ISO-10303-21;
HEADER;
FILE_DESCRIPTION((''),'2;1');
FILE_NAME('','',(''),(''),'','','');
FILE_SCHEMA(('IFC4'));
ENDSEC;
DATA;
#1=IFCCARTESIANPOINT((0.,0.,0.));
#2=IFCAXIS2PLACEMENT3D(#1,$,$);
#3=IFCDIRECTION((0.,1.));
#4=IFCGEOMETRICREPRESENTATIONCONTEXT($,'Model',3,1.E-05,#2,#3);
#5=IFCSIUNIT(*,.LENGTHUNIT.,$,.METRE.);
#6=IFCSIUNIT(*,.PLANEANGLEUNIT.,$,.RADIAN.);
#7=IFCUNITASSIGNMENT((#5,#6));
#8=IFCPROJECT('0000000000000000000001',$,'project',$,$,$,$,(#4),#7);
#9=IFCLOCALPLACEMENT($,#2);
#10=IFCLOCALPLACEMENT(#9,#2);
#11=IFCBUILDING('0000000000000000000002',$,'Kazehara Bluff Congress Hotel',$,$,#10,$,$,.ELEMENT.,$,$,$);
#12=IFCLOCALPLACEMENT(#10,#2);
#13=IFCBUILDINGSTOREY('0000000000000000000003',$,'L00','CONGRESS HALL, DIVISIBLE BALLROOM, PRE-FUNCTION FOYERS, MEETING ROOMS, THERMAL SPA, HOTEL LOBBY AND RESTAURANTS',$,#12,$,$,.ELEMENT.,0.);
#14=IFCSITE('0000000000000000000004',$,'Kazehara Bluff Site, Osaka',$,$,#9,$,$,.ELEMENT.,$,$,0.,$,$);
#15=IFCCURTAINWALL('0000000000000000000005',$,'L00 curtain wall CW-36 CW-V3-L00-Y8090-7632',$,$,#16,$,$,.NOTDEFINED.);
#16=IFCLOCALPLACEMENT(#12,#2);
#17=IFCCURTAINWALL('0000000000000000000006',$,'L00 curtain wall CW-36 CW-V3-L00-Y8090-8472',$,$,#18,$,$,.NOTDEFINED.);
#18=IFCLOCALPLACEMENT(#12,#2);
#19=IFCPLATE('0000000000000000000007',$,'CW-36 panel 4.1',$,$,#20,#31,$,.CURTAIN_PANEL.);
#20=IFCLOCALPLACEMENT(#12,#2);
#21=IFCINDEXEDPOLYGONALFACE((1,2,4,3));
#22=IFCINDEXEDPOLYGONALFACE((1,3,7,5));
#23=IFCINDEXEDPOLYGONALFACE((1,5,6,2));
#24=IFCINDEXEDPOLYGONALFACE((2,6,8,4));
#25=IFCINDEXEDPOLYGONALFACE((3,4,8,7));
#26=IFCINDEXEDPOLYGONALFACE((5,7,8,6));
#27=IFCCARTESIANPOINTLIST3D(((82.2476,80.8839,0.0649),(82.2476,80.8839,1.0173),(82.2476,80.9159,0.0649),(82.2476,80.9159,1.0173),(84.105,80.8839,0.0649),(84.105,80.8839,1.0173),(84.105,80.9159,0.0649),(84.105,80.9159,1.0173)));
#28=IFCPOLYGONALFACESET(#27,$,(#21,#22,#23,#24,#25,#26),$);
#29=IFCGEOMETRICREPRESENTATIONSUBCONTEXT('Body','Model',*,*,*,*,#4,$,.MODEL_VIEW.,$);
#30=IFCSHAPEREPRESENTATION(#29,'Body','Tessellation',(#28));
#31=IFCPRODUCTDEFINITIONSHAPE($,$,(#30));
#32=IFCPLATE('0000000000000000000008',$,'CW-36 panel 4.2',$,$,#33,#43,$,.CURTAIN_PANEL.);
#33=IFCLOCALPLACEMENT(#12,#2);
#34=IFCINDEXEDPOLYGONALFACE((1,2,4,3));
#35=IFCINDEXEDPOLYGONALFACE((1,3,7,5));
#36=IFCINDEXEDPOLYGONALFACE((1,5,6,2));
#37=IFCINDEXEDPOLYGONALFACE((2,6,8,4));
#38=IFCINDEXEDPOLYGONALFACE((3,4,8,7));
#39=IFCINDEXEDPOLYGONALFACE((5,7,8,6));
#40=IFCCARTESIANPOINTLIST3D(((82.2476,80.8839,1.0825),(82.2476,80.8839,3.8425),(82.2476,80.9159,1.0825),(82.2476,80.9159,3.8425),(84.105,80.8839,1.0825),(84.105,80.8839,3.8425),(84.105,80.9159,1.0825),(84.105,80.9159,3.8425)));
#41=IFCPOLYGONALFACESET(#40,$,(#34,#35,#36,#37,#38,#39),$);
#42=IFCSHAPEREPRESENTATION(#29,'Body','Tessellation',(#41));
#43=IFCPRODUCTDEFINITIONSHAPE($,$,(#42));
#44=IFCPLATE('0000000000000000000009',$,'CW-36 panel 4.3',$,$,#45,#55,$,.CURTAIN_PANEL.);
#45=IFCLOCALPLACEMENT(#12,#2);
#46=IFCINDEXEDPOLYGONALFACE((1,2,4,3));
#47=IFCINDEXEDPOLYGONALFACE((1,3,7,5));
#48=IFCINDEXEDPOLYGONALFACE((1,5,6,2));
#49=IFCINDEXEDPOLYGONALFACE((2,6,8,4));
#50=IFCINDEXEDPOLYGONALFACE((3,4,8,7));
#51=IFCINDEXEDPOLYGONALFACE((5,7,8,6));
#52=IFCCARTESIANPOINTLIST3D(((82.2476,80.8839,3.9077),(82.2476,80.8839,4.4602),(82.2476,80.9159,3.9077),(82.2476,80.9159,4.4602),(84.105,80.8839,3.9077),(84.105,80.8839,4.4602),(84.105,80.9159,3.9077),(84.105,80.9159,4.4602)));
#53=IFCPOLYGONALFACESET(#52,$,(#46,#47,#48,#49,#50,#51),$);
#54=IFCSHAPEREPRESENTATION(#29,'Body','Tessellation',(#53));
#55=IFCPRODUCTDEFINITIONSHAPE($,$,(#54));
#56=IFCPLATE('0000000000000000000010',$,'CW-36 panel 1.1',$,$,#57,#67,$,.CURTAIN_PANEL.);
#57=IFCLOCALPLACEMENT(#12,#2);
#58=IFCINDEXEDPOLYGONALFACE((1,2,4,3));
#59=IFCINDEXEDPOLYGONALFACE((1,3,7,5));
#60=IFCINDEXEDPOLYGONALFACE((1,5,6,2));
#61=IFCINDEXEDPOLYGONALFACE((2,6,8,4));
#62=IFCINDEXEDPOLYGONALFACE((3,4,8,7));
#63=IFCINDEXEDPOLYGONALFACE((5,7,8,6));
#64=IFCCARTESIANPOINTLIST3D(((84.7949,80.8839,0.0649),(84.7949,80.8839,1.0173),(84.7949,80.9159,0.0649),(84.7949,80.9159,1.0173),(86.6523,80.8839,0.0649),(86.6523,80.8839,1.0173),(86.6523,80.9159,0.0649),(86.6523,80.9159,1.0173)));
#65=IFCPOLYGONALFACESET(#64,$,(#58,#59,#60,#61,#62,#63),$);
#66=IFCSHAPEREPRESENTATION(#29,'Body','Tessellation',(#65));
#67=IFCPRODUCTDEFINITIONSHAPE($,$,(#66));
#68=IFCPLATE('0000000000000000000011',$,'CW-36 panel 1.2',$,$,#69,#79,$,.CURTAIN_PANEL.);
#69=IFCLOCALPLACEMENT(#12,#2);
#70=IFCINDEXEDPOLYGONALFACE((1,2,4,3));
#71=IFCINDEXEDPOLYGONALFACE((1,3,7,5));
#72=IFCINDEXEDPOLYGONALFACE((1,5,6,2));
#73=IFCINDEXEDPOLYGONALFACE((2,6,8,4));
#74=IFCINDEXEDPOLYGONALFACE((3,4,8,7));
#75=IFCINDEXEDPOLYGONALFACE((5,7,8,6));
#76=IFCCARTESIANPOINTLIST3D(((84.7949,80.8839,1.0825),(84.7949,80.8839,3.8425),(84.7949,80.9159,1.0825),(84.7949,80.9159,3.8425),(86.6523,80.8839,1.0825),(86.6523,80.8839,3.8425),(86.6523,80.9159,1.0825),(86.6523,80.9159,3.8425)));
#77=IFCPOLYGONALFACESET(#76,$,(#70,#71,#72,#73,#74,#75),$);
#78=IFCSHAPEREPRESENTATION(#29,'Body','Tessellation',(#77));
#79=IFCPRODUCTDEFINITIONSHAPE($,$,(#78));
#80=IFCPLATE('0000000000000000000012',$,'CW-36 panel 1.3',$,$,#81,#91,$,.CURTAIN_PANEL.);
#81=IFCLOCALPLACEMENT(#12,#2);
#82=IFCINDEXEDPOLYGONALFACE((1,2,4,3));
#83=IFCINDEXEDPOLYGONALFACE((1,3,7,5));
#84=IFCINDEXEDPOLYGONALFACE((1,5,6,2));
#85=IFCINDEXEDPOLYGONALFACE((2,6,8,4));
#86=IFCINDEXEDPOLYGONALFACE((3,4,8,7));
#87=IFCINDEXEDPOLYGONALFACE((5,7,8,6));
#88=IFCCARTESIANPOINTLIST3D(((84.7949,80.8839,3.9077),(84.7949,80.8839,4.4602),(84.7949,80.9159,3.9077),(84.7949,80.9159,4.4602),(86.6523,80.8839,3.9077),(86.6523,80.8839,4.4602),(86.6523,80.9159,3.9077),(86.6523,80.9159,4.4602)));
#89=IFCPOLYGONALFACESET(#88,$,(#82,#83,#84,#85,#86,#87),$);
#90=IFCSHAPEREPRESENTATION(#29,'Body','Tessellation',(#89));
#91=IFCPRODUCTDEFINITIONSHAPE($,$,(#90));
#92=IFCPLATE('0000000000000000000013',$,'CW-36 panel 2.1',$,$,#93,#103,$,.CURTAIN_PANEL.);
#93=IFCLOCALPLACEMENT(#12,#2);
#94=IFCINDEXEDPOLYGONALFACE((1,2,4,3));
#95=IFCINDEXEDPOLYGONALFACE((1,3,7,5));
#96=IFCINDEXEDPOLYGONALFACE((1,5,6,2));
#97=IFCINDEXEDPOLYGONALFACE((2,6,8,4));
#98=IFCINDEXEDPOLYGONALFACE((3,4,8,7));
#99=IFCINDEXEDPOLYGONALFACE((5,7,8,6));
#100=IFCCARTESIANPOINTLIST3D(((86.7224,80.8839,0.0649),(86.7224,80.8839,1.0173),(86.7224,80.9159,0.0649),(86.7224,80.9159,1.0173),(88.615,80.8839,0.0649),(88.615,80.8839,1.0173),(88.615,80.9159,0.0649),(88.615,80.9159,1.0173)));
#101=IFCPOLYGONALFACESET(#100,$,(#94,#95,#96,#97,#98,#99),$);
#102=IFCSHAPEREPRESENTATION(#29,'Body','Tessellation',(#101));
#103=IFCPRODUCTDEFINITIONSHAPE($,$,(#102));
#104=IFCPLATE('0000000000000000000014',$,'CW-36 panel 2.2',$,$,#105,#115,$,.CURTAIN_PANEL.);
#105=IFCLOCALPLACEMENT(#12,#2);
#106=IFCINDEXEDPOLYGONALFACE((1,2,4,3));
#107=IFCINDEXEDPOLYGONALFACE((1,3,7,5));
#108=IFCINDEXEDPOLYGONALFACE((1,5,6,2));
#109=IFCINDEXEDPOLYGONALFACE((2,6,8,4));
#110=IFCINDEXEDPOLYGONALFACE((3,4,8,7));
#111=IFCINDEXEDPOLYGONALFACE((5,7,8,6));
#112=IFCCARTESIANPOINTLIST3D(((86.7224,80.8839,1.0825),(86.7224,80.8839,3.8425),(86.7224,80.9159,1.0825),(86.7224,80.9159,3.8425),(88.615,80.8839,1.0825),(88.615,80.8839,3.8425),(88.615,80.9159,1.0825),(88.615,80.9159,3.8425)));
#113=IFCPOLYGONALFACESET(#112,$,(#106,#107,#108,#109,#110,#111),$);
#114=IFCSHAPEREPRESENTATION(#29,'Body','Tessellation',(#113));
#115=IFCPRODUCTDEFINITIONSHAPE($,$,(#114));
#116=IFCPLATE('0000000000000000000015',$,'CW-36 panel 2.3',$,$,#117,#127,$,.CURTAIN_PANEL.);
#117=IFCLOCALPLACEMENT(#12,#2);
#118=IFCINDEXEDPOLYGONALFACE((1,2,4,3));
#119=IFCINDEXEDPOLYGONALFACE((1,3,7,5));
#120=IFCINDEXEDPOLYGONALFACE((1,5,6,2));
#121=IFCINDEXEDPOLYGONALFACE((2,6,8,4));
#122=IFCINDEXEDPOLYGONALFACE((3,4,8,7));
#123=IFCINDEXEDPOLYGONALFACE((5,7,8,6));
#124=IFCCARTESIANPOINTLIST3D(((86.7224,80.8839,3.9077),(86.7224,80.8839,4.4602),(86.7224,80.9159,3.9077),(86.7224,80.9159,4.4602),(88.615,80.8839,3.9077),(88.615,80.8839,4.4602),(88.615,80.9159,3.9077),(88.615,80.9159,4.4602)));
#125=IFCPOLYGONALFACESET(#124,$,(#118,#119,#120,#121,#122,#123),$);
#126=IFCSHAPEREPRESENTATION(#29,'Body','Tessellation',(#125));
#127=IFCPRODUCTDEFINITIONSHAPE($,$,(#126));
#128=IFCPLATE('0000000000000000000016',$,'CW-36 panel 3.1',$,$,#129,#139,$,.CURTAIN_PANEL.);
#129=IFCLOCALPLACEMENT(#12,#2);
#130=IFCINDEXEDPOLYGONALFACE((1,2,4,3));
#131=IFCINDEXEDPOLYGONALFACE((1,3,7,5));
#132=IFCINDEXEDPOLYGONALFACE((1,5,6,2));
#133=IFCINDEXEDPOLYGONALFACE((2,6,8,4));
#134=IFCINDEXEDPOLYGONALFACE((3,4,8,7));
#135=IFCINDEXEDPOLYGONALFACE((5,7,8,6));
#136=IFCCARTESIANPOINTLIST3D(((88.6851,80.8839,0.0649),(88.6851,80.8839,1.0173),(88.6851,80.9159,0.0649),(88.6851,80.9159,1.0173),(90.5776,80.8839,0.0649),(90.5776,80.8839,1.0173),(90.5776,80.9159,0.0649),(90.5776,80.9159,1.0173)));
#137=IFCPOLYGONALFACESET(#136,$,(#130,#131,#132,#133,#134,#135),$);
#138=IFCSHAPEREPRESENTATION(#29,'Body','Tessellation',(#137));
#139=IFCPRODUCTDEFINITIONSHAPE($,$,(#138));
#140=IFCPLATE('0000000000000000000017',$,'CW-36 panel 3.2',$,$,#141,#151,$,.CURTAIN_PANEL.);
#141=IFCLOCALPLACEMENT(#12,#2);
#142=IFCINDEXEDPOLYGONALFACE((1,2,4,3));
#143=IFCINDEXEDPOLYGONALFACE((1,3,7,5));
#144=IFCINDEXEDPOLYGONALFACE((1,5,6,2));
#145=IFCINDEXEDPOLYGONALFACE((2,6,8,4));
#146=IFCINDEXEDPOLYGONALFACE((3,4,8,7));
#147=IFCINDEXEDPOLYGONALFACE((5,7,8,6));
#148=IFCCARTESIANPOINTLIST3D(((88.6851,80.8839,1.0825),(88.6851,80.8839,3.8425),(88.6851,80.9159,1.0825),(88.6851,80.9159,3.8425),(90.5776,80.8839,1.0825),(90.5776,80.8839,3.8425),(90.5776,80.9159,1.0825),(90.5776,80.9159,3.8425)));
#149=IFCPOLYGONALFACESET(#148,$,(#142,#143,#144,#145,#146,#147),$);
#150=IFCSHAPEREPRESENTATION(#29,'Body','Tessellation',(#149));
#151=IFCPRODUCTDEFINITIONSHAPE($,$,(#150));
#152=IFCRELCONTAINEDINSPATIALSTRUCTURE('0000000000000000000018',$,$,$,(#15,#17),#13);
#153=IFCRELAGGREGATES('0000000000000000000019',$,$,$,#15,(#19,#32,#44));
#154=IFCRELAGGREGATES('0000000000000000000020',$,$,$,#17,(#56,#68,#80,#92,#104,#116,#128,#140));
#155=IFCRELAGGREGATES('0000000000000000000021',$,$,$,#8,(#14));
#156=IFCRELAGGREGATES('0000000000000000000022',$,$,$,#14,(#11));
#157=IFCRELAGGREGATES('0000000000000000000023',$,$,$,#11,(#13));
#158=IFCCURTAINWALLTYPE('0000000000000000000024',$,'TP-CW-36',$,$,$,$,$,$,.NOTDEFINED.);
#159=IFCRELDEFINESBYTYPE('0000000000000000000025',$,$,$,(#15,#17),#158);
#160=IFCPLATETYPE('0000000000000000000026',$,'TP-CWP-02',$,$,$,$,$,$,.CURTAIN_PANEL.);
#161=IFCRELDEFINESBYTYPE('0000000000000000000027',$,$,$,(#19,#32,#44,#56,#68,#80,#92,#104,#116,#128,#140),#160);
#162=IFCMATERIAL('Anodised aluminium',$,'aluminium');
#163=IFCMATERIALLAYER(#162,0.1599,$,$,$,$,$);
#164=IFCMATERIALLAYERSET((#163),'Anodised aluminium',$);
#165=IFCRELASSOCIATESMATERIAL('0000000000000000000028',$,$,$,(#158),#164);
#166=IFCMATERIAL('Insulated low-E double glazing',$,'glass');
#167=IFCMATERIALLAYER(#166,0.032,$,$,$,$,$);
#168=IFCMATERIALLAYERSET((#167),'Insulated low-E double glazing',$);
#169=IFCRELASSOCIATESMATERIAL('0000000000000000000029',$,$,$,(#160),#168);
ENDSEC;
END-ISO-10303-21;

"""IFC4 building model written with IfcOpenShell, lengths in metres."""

from ifc_helpers import new_model, si_unit, direction, frame, origin, origin_2d, place, context, subcontext, project, spatial, rectangle, extrude, material, layer, layer_set, type_object, element, aggregate, save


model = new_model("IFC4")

# Units and contexts
model_context = context("Model", 3, precision=1e-05, world=origin(), true_north=direction((0.0, 1.0)))
body_context = subcontext(model_context, "Body", "Model", "MODEL_VIEW")
ifc_project = project(units=[si_unit("LENGTHUNIT", "METRE"), si_unit("PLANEANGLEUNIT", "RADIAN")], contexts=[model_context])

# Site, building, storey
site_placement = place(None, origin())
site = spatial("IfcSite", under=ifc_project, at=site_placement, Name="Kazehara Bluff Site, Osaka", CompositionType="ELEMENT", RefElevation=0.0)
building_placement = place(site_placement, origin())
building = spatial("IfcBuilding", under=site, at=building_placement, Name="Kazehara Bluff Congress Hotel", CompositionType="ELEMENT")
storey_placement = place(building_placement, origin())
storey = spatial("IfcBuildingStorey", under=building, at=storey_placement, Name="L00", Description="CONGRESS HALL, DIVISIBLE BALLROOM, PRE-FUNCTION FOYERS, MEETING ROOMS, THERMAL SPA, HOTEL LOBBY AND RESTAURANTS", CompositionType="ELEMENT", Elevation=0.0)

# Curtain wall
ifc_material_1 = material(Name="Anodised aluminium", Category="aluminium")
ifc_layer_1 = layer(ifc_material_1, 0.1599)
ifc_layer_set_1 = layer_set([ifc_layer_1], Name="Anodised aluminium")
curtain_wall_type = type_object("IfcCurtainWallType", Name="TP-CW-36", PredefinedType="NOTDEFINED", material=ifc_layer_set_1)
curtain_wall_1_placement = place(storey_placement, origin())
curtain_wall_1 = element("IfcCurtainWall", 1, at=curtain_wall_1_placement, inside=storey, type_object=curtain_wall_type, Name="L00 curtain wall CW-36 CW-V3-L00-Y8090-7632", PredefinedType="NOTDEFINED")

# Curtain wall
curtain_wall_2_placement = place(storey_placement, origin())
curtain_wall_2 = element("IfcCurtainWall", 2, at=curtain_wall_2_placement, inside=storey, type_object=curtain_wall_type, Name="L00 curtain wall CW-36 CW-V3-L00-Y8090-8472", PredefinedType="NOTDEFINED")

# Plates
ifc_material_2 = material(Name="Insulated low-E double glazing", Category="glass")
ifc_layer_2 = layer(ifc_material_2, 0.032)
ifc_layer_set_2 = layer_set([ifc_layer_2], Name="Insulated low-E double glazing")
plate_type = type_object("IfcPlateType", Name="TP-CWP-02", PredefinedType="CURTAIN_PANEL", material=ifc_layer_set_2)
plate_1_placement = place(storey_placement, frame((83.1763, 80.8999, 0.0649), z_axis=(0.0, 0.0, 1.0), x_axis=(1.0, 0.0, 0.0)))
plate_1 = element("IfcPlate", 3, at=plate_1_placement, type_object=plate_type, Name="CW-36 panel 4.1", PredefinedType="CURTAIN_PANEL", context=body_context, shape_type="SweptSolid", body=[
    extrude(rectangle(XDim=1.8574, YDim=0.032, at=origin_2d()), origin(), (0.0, 0.0, 1.0), 0.9524),
])
plate_2_placement = place(storey_placement, frame((83.1763, 80.8999, 1.0825), z_axis=(0.0, 0.0, 1.0), x_axis=(1.0, 0.0, 0.0)))
plate_2 = element("IfcPlate", 4, at=plate_2_placement, type_object=plate_type, Name="CW-36 panel 4.2", PredefinedType="CURTAIN_PANEL", context=body_context, shape_type="SweptSolid", body=[
    extrude(rectangle(XDim=1.8574, YDim=0.032, at=origin_2d()), origin(), (0.0, 0.0, 1.0), 2.76),
])
plate_3_placement = place(storey_placement, frame((83.1763, 80.8999, 3.9077), z_axis=(0.0, 0.0, 1.0), x_axis=(1.0, 0.0, 0.0)))
plate_3 = element("IfcPlate", 5, at=plate_3_placement, type_object=plate_type, Name="CW-36 panel 4.3", PredefinedType="CURTAIN_PANEL", context=body_context, shape_type="SweptSolid", body=[
    extrude(rectangle(XDim=1.8574, YDim=0.032, at=origin_2d()), origin(), (0.0, 0.0, 1.0), 0.5525),
])
aggregate(curtain_wall_1, [plate_1, plate_2, plate_3])
plate_4_placement = place(storey_placement, frame((85.7236, 80.8999, 0.0649), z_axis=(0.0, 0.0, 1.0), x_axis=(1.0, 0.0, 0.0)))
plate_4 = element("IfcPlate", 6, at=plate_4_placement, type_object=plate_type, Name="CW-36 panel 1.1", PredefinedType="CURTAIN_PANEL", context=body_context, shape_type="SweptSolid", body=[
    extrude(rectangle(XDim=1.8574, YDim=0.032, at=origin_2d()), origin(), (0.0, 0.0, 1.0), 0.9524),
])
plate_5_placement = place(storey_placement, frame((85.7236, 80.8999, 1.0825), z_axis=(0.0, 0.0, 1.0), x_axis=(1.0, 0.0, 0.0)))
plate_5 = element("IfcPlate", 7, at=plate_5_placement, type_object=plate_type, Name="CW-36 panel 1.2", PredefinedType="CURTAIN_PANEL", context=body_context, shape_type="SweptSolid", body=[
    extrude(rectangle(XDim=1.8574, YDim=0.032, at=origin_2d()), origin(), (0.0, 0.0, 1.0), 2.76),
])
plate_6_placement = place(storey_placement, frame((85.7236, 80.8999, 3.9077), z_axis=(0.0, 0.0, 1.0), x_axis=(1.0, 0.0, 0.0)))
plate_6 = element("IfcPlate", 8, at=plate_6_placement, type_object=plate_type, Name="CW-36 panel 1.3", PredefinedType="CURTAIN_PANEL", context=body_context, shape_type="SweptSolid", body=[
    extrude(rectangle(XDim=1.8574, YDim=0.032, at=origin_2d()), origin(), (0.0, 0.0, 1.0), 0.5525),
])
plate_7_placement = place(storey_placement, frame((87.6687, 80.8999, 0.0649), z_axis=(0.0, 0.0, 1.0), x_axis=(1.0, 0.0, 0.0)))
plate_7 = element("IfcPlate", 9, at=plate_7_placement, type_object=plate_type, Name="CW-36 panel 2.1", PredefinedType="CURTAIN_PANEL", context=body_context, shape_type="SweptSolid", body=[
    extrude(rectangle(XDim=1.8926, YDim=0.032, at=origin_2d()), origin(), (0.0, 0.0, 1.0), 0.9524),
])
plate_8_placement = place(storey_placement, frame((87.6687, 80.8999, 1.0825), z_axis=(0.0, 0.0, 1.0), x_axis=(1.0, 0.0, 0.0)))
plate_8 = element("IfcPlate", 10, at=plate_8_placement, type_object=plate_type, Name="CW-36 panel 2.2", PredefinedType="CURTAIN_PANEL", context=body_context, shape_type="SweptSolid", body=[
    extrude(rectangle(XDim=1.8926, YDim=0.032, at=origin_2d()), origin(), (0.0, 0.0, 1.0), 2.76),
])
plate_9_placement = place(storey_placement, frame((87.6687, 80.8999, 3.9077), z_axis=(0.0, 0.0, 1.0), x_axis=(1.0, 0.0, 0.0)))
plate_9 = element("IfcPlate", 11, at=plate_9_placement, type_object=plate_type, Name="CW-36 panel 2.3", PredefinedType="CURTAIN_PANEL", context=body_context, shape_type="SweptSolid", body=[
    extrude(rectangle(XDim=1.8926, YDim=0.032, at=origin_2d()), origin(), (0.0, 0.0, 1.0), 0.5525),
])
plate_10_placement = place(storey_placement, frame((89.6313, 80.8999, 0.0649), z_axis=(0.0, 0.0, 1.0), x_axis=(1.0, 0.0, 0.0)))
plate_10 = element("IfcPlate", 12, at=plate_10_placement, type_object=plate_type, Name="CW-36 panel 3.1", PredefinedType="CURTAIN_PANEL", context=body_context, shape_type="SweptSolid", body=[
    extrude(rectangle(XDim=1.8926, YDim=0.032, at=origin_2d()), origin(), (0.0, 0.0, 1.0), 0.9524),
])
plate_11_placement = place(storey_placement, frame((89.6313, 80.8999, 1.0825), z_axis=(0.0, 0.0, 1.0), x_axis=(1.0, 0.0, 0.0)))
plate_11 = element("IfcPlate", 13, at=plate_11_placement, type_object=plate_type, Name="CW-36 panel 3.2", PredefinedType="CURTAIN_PANEL", context=body_context, shape_type="SweptSolid", body=[
    extrude(rectangle(XDim=1.8926, YDim=0.032, at=origin_2d()), origin(), (0.0, 0.0, 1.0), 2.76),
])
aggregate(curtain_wall_2, [plate_4, plate_5, plate_6, plate_7, plate_8, plate_9, plate_10, plate_11])

save(model, "model.ifc")
